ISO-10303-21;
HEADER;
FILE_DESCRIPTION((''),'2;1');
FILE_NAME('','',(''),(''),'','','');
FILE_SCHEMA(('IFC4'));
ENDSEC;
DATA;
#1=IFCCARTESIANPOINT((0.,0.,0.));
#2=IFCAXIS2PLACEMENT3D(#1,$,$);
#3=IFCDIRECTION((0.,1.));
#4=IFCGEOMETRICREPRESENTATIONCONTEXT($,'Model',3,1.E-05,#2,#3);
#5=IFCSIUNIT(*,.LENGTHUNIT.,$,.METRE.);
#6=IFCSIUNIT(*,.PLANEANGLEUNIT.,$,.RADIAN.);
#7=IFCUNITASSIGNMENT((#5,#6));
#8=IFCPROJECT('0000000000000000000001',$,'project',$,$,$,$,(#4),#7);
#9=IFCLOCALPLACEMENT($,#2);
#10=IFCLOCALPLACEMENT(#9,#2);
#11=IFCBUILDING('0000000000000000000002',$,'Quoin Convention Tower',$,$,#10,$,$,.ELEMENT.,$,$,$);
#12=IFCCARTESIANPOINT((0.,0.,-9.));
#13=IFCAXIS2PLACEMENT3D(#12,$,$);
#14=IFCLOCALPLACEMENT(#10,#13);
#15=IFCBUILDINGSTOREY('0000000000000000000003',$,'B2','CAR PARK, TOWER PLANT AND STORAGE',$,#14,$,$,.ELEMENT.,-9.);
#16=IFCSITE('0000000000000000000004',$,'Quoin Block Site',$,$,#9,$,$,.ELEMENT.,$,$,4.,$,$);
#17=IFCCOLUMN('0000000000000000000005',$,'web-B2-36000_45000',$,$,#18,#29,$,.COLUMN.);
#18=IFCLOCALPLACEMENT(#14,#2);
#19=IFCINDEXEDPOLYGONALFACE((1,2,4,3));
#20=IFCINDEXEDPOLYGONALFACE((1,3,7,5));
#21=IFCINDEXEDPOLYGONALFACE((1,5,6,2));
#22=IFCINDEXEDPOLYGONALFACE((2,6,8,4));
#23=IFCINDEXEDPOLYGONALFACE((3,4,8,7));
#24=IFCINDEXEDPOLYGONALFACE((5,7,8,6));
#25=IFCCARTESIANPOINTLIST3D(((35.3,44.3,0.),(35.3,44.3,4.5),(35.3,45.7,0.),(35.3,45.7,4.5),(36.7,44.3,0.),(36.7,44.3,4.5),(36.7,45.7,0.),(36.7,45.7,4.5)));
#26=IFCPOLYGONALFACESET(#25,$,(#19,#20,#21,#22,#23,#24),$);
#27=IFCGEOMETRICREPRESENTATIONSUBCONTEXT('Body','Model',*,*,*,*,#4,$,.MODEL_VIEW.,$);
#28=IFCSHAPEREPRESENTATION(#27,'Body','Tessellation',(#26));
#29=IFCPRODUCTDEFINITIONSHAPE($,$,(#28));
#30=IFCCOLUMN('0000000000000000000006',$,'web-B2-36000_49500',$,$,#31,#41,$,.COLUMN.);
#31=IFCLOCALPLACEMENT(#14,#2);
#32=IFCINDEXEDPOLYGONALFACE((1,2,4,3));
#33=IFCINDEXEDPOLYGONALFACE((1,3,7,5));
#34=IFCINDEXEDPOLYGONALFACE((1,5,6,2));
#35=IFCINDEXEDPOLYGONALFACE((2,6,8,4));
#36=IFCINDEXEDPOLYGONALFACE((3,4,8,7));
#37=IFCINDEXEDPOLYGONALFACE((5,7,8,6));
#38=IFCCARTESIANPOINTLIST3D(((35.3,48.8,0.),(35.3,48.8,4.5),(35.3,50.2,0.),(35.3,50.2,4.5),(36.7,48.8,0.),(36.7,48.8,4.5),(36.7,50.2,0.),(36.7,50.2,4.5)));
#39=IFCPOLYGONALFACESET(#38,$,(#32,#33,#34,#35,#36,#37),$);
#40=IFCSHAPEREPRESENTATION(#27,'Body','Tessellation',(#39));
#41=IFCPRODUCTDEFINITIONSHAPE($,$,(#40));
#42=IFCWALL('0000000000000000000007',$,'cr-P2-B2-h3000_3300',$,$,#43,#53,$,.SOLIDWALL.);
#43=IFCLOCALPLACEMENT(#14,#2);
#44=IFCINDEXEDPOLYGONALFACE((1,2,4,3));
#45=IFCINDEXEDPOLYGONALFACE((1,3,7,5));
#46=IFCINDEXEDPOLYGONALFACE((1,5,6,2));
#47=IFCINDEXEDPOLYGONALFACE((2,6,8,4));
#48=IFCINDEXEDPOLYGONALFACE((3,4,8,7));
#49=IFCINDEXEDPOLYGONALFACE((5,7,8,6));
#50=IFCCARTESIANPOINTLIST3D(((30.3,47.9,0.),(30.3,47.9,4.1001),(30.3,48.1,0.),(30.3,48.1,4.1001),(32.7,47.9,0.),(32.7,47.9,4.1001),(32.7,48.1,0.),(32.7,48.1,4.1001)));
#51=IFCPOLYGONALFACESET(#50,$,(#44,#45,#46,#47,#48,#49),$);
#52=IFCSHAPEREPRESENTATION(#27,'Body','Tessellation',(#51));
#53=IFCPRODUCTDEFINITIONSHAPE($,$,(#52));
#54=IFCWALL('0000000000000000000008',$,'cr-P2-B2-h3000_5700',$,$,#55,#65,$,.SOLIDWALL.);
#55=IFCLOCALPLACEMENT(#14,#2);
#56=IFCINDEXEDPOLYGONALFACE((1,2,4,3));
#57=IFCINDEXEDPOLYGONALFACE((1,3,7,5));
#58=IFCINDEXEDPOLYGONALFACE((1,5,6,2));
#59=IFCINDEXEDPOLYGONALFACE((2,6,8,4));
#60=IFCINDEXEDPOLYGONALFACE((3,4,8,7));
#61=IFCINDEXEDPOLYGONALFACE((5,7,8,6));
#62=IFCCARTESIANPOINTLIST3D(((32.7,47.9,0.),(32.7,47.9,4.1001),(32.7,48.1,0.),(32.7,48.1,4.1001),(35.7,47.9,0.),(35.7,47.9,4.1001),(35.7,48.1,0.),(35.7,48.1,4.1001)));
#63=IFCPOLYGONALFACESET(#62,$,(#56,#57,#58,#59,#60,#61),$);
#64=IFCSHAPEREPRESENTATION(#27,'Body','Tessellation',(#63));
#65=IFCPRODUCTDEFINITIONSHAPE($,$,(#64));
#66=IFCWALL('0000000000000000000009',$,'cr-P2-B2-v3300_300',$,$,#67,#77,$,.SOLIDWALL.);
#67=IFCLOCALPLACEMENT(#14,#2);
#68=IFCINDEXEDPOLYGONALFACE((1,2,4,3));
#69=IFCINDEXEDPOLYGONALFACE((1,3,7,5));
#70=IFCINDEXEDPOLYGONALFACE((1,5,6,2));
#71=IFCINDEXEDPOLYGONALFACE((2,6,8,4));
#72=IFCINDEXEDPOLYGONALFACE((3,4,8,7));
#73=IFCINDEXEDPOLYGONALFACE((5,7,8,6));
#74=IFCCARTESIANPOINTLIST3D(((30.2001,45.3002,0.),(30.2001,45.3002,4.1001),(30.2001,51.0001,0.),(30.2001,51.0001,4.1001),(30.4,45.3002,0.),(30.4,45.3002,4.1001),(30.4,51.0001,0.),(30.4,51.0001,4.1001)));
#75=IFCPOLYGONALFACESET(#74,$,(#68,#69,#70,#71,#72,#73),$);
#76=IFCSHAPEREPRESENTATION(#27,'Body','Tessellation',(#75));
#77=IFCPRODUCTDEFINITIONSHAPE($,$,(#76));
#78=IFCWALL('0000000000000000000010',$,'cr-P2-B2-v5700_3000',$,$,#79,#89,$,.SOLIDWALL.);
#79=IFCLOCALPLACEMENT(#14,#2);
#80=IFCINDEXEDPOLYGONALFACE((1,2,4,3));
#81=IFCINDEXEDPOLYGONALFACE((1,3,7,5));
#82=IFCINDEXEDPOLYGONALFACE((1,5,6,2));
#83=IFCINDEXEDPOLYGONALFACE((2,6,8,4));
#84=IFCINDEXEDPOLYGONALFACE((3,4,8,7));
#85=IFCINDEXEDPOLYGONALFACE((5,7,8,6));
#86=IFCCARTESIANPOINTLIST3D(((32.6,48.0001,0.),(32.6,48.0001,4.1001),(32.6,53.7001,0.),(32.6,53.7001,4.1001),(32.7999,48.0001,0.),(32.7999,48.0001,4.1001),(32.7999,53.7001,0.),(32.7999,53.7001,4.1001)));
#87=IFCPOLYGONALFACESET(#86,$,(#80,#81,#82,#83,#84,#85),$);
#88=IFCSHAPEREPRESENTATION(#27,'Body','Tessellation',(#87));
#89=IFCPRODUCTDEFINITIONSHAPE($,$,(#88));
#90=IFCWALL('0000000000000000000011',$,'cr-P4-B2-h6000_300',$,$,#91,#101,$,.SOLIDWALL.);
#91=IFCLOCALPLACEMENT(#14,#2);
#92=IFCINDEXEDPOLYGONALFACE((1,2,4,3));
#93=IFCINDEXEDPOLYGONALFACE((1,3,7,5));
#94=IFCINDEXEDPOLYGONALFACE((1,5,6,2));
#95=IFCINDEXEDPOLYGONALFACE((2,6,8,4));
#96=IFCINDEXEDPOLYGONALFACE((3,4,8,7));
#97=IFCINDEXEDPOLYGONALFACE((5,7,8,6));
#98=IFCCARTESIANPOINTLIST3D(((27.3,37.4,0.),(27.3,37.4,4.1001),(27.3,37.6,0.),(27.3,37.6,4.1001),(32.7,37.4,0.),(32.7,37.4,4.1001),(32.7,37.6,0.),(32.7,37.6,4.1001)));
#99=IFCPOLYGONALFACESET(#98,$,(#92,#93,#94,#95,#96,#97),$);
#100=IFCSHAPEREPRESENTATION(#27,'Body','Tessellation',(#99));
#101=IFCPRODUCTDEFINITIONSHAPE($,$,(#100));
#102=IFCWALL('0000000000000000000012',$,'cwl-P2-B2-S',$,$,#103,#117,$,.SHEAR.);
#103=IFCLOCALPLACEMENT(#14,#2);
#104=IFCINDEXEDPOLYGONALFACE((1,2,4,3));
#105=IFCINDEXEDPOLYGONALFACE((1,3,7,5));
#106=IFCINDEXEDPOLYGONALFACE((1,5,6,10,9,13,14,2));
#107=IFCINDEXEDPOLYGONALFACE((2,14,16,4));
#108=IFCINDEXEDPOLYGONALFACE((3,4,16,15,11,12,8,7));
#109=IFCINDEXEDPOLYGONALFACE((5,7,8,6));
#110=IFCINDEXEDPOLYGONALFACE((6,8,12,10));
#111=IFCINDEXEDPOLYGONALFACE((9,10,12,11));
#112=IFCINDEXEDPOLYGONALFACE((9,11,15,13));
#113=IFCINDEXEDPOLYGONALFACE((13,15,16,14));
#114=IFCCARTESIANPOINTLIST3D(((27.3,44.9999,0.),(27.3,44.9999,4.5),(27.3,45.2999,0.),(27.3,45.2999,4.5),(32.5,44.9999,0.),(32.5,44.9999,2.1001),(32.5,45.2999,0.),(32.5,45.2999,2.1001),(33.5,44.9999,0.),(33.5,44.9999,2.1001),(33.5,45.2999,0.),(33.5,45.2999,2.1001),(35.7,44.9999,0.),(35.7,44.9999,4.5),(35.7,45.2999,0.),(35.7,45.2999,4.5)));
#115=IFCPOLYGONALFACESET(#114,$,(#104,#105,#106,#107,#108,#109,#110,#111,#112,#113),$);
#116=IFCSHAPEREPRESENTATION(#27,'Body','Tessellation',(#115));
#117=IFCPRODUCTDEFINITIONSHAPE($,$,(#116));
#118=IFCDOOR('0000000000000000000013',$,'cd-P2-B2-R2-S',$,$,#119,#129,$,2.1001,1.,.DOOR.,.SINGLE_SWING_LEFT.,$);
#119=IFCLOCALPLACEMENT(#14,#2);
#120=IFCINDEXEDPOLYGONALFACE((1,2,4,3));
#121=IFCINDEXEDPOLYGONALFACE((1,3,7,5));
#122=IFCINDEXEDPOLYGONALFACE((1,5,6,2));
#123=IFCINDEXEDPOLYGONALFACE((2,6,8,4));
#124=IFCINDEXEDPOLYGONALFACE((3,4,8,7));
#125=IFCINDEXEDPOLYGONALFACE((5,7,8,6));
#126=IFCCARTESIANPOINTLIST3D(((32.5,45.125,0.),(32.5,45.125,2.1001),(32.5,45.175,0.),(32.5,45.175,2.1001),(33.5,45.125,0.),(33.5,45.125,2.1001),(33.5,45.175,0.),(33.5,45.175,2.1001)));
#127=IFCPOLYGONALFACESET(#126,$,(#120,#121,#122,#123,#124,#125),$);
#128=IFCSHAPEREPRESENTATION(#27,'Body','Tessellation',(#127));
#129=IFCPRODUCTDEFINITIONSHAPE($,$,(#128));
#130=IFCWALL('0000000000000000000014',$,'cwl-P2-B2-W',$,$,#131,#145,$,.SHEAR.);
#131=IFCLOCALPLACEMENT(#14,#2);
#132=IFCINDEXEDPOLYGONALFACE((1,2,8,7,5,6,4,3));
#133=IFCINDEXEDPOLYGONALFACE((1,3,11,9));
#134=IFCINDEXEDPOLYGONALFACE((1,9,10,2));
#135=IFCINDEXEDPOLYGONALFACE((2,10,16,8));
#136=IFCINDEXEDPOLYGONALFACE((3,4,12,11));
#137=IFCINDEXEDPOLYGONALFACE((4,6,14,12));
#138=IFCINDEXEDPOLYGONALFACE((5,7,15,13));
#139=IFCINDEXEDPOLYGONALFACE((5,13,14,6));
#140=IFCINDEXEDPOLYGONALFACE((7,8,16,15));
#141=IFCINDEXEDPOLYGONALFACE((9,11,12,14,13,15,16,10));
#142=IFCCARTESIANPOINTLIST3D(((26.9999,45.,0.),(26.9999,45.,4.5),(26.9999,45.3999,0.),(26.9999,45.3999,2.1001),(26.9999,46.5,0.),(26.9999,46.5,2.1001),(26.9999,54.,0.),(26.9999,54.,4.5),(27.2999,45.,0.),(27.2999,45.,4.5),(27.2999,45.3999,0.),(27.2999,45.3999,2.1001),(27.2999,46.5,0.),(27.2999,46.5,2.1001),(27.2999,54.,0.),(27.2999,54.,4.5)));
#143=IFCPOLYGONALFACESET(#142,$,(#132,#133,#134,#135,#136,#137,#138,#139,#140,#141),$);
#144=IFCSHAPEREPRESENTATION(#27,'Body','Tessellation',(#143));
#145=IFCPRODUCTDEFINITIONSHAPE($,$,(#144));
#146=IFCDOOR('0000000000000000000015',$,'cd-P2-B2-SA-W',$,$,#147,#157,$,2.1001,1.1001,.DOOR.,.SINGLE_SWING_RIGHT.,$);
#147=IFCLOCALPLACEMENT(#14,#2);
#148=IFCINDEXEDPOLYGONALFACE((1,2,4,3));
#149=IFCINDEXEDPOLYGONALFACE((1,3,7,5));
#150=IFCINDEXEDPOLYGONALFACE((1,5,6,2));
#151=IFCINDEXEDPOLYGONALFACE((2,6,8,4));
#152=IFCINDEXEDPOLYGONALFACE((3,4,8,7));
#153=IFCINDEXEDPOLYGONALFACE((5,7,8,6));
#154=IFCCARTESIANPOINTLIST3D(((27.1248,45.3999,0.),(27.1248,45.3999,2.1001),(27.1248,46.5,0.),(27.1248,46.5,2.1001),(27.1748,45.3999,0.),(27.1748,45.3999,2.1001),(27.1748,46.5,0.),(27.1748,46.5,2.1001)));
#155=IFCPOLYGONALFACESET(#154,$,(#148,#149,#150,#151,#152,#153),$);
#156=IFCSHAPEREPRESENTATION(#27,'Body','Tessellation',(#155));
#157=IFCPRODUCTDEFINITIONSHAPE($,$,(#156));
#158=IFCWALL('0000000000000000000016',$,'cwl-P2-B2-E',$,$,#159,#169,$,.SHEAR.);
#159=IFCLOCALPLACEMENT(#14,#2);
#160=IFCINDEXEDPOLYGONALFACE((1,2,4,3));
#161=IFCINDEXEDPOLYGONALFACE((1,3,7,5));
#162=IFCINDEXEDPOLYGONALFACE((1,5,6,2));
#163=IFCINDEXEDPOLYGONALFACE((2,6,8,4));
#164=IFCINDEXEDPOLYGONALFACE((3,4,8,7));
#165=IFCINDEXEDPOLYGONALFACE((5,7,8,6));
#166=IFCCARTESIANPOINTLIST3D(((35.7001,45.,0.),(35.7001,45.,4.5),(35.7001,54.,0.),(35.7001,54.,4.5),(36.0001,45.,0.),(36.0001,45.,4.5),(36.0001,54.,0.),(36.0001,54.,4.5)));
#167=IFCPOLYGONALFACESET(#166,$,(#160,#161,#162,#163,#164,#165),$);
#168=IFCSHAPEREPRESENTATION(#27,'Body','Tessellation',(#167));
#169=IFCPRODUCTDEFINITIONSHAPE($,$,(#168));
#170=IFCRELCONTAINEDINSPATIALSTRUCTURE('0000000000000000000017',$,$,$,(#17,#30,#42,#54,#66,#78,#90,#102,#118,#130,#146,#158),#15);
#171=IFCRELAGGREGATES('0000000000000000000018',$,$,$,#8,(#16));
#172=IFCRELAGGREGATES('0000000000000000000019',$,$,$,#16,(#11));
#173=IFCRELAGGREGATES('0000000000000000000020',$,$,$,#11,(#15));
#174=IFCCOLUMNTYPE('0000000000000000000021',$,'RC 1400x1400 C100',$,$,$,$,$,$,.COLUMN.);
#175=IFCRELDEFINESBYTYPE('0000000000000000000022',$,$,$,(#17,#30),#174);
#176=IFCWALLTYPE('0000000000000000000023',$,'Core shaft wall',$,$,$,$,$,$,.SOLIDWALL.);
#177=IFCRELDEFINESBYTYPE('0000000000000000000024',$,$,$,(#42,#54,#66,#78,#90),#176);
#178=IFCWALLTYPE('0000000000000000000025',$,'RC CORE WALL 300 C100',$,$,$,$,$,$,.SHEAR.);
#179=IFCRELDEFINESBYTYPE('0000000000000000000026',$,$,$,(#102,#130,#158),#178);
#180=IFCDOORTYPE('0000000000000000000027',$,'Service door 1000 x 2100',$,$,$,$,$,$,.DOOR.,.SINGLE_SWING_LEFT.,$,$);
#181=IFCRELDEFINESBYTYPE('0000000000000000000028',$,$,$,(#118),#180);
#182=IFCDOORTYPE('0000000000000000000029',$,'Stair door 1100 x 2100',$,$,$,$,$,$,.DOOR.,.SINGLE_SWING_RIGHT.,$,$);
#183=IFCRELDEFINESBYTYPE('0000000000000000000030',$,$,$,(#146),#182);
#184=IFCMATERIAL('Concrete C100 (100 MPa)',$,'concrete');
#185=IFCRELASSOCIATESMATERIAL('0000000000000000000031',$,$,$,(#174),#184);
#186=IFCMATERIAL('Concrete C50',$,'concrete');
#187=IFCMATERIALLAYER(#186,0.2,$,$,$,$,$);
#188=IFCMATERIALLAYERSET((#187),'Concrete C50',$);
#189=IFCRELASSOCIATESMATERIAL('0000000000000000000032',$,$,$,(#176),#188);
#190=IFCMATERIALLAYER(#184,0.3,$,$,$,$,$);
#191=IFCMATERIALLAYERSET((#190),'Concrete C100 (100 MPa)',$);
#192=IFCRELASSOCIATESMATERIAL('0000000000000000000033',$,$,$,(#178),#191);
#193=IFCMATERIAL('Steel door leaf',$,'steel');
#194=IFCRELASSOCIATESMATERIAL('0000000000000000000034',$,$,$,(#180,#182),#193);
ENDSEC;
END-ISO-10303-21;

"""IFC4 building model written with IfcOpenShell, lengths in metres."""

from ifc_helpers import new_model, si_unit, direction, frame, frame_2d, origin, origin_2d, place, context, subcontext, project, spatial, rectangle, extrude, material, layer, layer_set, material_profile, profile_set, type_object, element, fill, save


model = new_model("IFC4")

# Units and contexts
model_context = context("Model", 3, precision=1e-05, world=origin(), true_north=direction((0.0, 1.0)))
body_context = subcontext(model_context, "Body", "Model", "MODEL_VIEW")
ifc_project = project(units=[si_unit("LENGTHUNIT", "METRE"), si_unit("PLANEANGLEUNIT", "RADIAN")], contexts=[model_context])

# Site, building, storey
site_placement = place(None, origin())
site = spatial("IfcSite", under=ifc_project, at=site_placement, Name="Quoin Block Site", CompositionType="ELEMENT", RefElevation=4.0)
building_placement = place(site_placement, origin())
building = spatial("IfcBuilding", under=site, at=building_placement, Name="Quoin Convention Tower", CompositionType="ELEMENT")
storey_placement = place(building_placement, frame((0.0, 0.0, -9.0)))
storey = spatial("IfcBuildingStorey", under=building, at=storey_placement, Name="B2", Description="CAR PARK, TOWER PLANT AND STORAGE", CompositionType="ELEMENT", Elevation=-9.0)

# Columns
ifc_material_1 = material(Name="Concrete C100 (100 MPa)", Category="concrete")
ifc_material_profile_1 = material_profile(ifc_material_1, rectangle(XDim=1.3999, YDim=1.3999, at=origin_2d()), Name="RC 1400x1400")
ifc_profile_set_1 = profile_set([ifc_material_profile_1], Name="Concrete C100 (100 MPa)")
column_type = type_object("IfcColumnType", Name="RC 1400x1400 C100", PredefinedType="COLUMN", material=ifc_profile_set_1)
for number, where, z_axis, x_axis, name in (
    (1, (36.0, 45.0, 0.0), (0.0, 0.0, 1.0), (1.0, 0.0, 0.0), "web-B2-36000_45000"),
    (2, (36.0, 49.5, 0.0), (0.0, 0.0, 1.0), (1.0, 0.0, 0.0), "web-B2-36000_49500"),
):
    element("IfcColumn", number, at=place(storey_placement, frame(where, z_axis=z_axis, x_axis=x_axis)), inside=storey, type_object=column_type, Name=name, PredefinedType="COLUMN", context=body_context, shape_type="SweptSolid", body=[
        extrude(rectangle(XDim=1.3999, YDim=1.3999, at=origin_2d()), origin(), (0.0, 0.0, 1.0), 4.5),
    ])

# Walls
ifc_material_2 = material(Name="Concrete C50", Category="concrete")
ifc_layer_1 = layer(ifc_material_2, 0.2)
ifc_layer_set_1 = layer_set([ifc_layer_1], Name="Concrete C50")
wall_type_1 = type_object("IfcWallType", Name="Core shaft wall", PredefinedType="SOLIDWALL", material=ifc_layer_set_1)
wall_1_placement = place(storey_placement, frame((30.3, 48.0, 0.0), z_axis=(0.0, 0.0, 1.0), x_axis=(1.0, 0.0, 0.0)))
element("IfcWall", 3, at=wall_1_placement, inside=storey, type_object=wall_type_1, Name="cr-P2-B2-h3000_3300", PredefinedType="SOLIDWALL", context=body_context, shape_type="SweptSolid", body=[
    extrude(rectangle(XDim=2.3999, YDim=0.2, at=frame_2d((1.2, 0.0))), origin(), (0.0, 0.0, 1.0), 4.1001),
])
wall_2_placement = place(storey_placement, frame((32.7, 48.0, 0.0), z_axis=(0.0, 0.0, 1.0), x_axis=(1.0, 0.0, 0.0)))
element("IfcWall", 4, at=wall_2_placement, inside=storey, type_object=wall_type_1, Name="cr-P2-B2-h3000_5700", PredefinedType="SOLIDWALL", context=body_context, shape_type="SweptSolid", body=[
    extrude(rectangle(XDim=3.0, YDim=0.2, at=frame_2d((1.5, 0.0))), origin(), (0.0, 0.0, 1.0), 4.1001),
])
for number, where, z_axis, x_axis, name in (
    (5, (30.3, 45.3, 0.0), (0.0, 0.0, 1.0), (0.0, 1.0, 0.0), "cr-P2-B2-v3300_300"),
    (6, (32.7, 48.0, 0.0), (0.0, 0.0, 1.0), (0.0, 1.0, 0.0), "cr-P2-B2-v5700_3000"),
):
    element("IfcWall", number, at=place(storey_placement, frame(where, z_axis=z_axis, x_axis=x_axis)), inside=storey, type_object=wall_type_1, Name=name, PredefinedType="SOLIDWALL", context=body_context, shape_type="SweptSolid", body=[
        extrude(rectangle(XDim=5.7, YDim=0.2, at=frame_2d((2.8501, 0.0))), origin(), (0.0, 0.0, 1.0), 4.1001),
    ])
wall_3_placement = place(storey_placement, frame((27.3, 37.5, 0.0), z_axis=(0.0, 0.0, 1.0), x_axis=(1.0, 0.0, 0.0)))
element("IfcWall", 7, at=wall_3_placement, inside=storey, type_object=wall_type_1, Name="cr-P4-B2-h6000_300", PredefinedType="SOLIDWALL", context=body_context, shape_type="SweptSolid", body=[
    extrude(rectangle(XDim=5.3999, YDim=0.2, at=frame_2d((2.7, 0.0))), origin(), (0.0, 0.0, 1.0), 4.1001),
])

# Walls, openings, doors
ifc_layer_2 = layer(ifc_material_1, 0.3)
ifc_layer_set_2 = layer_set([ifc_layer_2], Name="Concrete C100 (100 MPa)")
wall_type_2 = type_object("IfcWallType", Name="RC CORE WALL 300 C100", PredefinedType="SHEAR", material=ifc_layer_set_2)
wall_4_placement = place(storey_placement, frame((27.3, 45.1499, 0.0), z_axis=(0.0, 0.0, 1.0), x_axis=(1.0, 0.0, 0.0)))
wall_4 = element("IfcWall", 8, at=wall_4_placement, inside=storey, type_object=wall_type_2, Name="cwl-P2-B2-S", PredefinedType="SHEAR", context=body_context, shape_type="SweptSolid", body=[
    extrude(rectangle(XDim=8.3999, YDim=0.3, at=frame_2d((4.2, 0.0))), origin(), (0.0, 0.0, 1.0), 4.5),
])
opening_1_placement = place(wall_4_placement, frame((5.2, 0.0, 0.0)))
opening_1 = element("IfcOpeningElement", 9, at=opening_1_placement, cuts=wall_4, PredefinedType="OPENING", context=body_context, shape_type="SweptSolid", body=[
    extrude(rectangle(XDim=1.0, YDim=2.1001, at=frame_2d((0.5, 1.05))), frame((0.0, 0.1599, 0.0), z_axis=(0.0, -1.0, 0.0), x_axis=(1.0, 0.0, 0.0)), (0.0, 0.0, 1.0), 0.3201),
])
ifc_material_3 = material(Name="Steel door leaf", Category="steel")
door_type_1 = type_object("IfcDoorType", Name="Service door 1000 x 2100", OperationType="SINGLE_SWING_LEFT", PredefinedType="DOOR", material=ifc_material_3)
door_1_placement = place(opening_1_placement, frame((1.0, 0.0, 0.0), z_axis=(0.0, 0.0, 1.0), x_axis=(-1.0, 0.0, 0.0)))
door_1 = element("IfcDoor", 10, at=door_1_placement, inside=storey, type_object=door_type_1, Name="cd-P2-B2-R2-S", OperationType="SINGLE_SWING_LEFT", OverallHeight=2.1001, OverallWidth=1.0, PredefinedType="DOOR", context=body_context, shape_type="SweptSolid", body=[
    extrude(rectangle(XDim=1.0, YDim=2.1001, at=frame_2d((0.5, 1.05))), frame((0.0, 0.0249, 0.0), z_axis=(0.0, -1.0, 0.0), x_axis=(1.0, 0.0, 0.0)), (0.0, 0.0, 1.0), 0.05),
])
fill(opening_1, door_1)
wall_5_placement = place(storey_placement, frame((27.1499, 45.0, 0.0), z_axis=(0.0, 0.0, 1.0), x_axis=(0.0, 1.0, 0.0)))
wall_5 = element("IfcWall", 11, at=wall_5_placement, inside=storey, type_object=wall_type_2, Name="cwl-P2-B2-W", PredefinedType="SHEAR", context=body_context, shape_type="SweptSolid", body=[
    extrude(rectangle(XDim=9.0, YDim=0.3, at=frame_2d((4.5, 0.0))), origin(), (0.0, 0.0, 1.0), 4.5),
])
opening_2_placement = place(wall_5_placement, frame((0.3999, 0.0, 0.0)))
opening_2 = element("IfcOpeningElement", 12, at=opening_2_placement, cuts=wall_5, PredefinedType="OPENING", context=body_context, shape_type="SweptSolid", body=[
    extrude(rectangle(XDim=1.1001, YDim=2.1001, at=frame_2d((0.55, 1.05))), frame((0.0, 0.1599, 0.0), z_axis=(0.0, -1.0, 0.0), x_axis=(1.0, 0.0, 0.0)), (0.0, 0.0, 1.0), 0.3201),
])
door_type_2 = type_object("IfcDoorType", Name="Stair door 1100 x 2100", OperationType="SINGLE_SWING_RIGHT", PredefinedType="DOOR", material=ifc_material_3)
door_2_placement = place(opening_2_placement, frame((1.1001, 0.0, 0.0), z_axis=(0.0, 0.0, 1.0), x_axis=(-1.0, 0.0, 0.0)))
door_2 = element("IfcDoor", 13, at=door_2_placement, inside=storey, type_object=door_type_2, Name="cd-P2-B2-SA-W", OperationType="SINGLE_SWING_RIGHT", OverallHeight=2.1001, OverallWidth=1.1001, PredefinedType="DOOR", context=body_context, shape_type="SweptSolid", body=[
    extrude(rectangle(XDim=1.1001, YDim=2.1001, at=frame_2d((0.55, 1.05))), frame((0.0, 0.0249, 0.0), z_axis=(0.0, -1.0, 0.0), x_axis=(1.0, 0.0, 0.0)), (0.0, 0.0, 1.0), 0.05),
])
fill(opening_2, door_2)

# Wall
wall_6_placement = place(storey_placement, frame((35.8501, 45.0, 0.0), z_axis=(0.0, 0.0, 1.0), x_axis=(0.0, 1.0, 0.0)))
element("IfcWall", 14, at=wall_6_placement, inside=storey, type_object=wall_type_2, Name="cwl-P2-B2-E", PredefinedType="SHEAR", context=body_context, shape_type="SweptSolid", body=[
    extrude(rectangle(XDim=9.0, YDim=0.3, at=frame_2d((4.5, 0.0))), origin(), (0.0, 0.0, 1.0), 4.5),
])

save(model, "model.ifc")
